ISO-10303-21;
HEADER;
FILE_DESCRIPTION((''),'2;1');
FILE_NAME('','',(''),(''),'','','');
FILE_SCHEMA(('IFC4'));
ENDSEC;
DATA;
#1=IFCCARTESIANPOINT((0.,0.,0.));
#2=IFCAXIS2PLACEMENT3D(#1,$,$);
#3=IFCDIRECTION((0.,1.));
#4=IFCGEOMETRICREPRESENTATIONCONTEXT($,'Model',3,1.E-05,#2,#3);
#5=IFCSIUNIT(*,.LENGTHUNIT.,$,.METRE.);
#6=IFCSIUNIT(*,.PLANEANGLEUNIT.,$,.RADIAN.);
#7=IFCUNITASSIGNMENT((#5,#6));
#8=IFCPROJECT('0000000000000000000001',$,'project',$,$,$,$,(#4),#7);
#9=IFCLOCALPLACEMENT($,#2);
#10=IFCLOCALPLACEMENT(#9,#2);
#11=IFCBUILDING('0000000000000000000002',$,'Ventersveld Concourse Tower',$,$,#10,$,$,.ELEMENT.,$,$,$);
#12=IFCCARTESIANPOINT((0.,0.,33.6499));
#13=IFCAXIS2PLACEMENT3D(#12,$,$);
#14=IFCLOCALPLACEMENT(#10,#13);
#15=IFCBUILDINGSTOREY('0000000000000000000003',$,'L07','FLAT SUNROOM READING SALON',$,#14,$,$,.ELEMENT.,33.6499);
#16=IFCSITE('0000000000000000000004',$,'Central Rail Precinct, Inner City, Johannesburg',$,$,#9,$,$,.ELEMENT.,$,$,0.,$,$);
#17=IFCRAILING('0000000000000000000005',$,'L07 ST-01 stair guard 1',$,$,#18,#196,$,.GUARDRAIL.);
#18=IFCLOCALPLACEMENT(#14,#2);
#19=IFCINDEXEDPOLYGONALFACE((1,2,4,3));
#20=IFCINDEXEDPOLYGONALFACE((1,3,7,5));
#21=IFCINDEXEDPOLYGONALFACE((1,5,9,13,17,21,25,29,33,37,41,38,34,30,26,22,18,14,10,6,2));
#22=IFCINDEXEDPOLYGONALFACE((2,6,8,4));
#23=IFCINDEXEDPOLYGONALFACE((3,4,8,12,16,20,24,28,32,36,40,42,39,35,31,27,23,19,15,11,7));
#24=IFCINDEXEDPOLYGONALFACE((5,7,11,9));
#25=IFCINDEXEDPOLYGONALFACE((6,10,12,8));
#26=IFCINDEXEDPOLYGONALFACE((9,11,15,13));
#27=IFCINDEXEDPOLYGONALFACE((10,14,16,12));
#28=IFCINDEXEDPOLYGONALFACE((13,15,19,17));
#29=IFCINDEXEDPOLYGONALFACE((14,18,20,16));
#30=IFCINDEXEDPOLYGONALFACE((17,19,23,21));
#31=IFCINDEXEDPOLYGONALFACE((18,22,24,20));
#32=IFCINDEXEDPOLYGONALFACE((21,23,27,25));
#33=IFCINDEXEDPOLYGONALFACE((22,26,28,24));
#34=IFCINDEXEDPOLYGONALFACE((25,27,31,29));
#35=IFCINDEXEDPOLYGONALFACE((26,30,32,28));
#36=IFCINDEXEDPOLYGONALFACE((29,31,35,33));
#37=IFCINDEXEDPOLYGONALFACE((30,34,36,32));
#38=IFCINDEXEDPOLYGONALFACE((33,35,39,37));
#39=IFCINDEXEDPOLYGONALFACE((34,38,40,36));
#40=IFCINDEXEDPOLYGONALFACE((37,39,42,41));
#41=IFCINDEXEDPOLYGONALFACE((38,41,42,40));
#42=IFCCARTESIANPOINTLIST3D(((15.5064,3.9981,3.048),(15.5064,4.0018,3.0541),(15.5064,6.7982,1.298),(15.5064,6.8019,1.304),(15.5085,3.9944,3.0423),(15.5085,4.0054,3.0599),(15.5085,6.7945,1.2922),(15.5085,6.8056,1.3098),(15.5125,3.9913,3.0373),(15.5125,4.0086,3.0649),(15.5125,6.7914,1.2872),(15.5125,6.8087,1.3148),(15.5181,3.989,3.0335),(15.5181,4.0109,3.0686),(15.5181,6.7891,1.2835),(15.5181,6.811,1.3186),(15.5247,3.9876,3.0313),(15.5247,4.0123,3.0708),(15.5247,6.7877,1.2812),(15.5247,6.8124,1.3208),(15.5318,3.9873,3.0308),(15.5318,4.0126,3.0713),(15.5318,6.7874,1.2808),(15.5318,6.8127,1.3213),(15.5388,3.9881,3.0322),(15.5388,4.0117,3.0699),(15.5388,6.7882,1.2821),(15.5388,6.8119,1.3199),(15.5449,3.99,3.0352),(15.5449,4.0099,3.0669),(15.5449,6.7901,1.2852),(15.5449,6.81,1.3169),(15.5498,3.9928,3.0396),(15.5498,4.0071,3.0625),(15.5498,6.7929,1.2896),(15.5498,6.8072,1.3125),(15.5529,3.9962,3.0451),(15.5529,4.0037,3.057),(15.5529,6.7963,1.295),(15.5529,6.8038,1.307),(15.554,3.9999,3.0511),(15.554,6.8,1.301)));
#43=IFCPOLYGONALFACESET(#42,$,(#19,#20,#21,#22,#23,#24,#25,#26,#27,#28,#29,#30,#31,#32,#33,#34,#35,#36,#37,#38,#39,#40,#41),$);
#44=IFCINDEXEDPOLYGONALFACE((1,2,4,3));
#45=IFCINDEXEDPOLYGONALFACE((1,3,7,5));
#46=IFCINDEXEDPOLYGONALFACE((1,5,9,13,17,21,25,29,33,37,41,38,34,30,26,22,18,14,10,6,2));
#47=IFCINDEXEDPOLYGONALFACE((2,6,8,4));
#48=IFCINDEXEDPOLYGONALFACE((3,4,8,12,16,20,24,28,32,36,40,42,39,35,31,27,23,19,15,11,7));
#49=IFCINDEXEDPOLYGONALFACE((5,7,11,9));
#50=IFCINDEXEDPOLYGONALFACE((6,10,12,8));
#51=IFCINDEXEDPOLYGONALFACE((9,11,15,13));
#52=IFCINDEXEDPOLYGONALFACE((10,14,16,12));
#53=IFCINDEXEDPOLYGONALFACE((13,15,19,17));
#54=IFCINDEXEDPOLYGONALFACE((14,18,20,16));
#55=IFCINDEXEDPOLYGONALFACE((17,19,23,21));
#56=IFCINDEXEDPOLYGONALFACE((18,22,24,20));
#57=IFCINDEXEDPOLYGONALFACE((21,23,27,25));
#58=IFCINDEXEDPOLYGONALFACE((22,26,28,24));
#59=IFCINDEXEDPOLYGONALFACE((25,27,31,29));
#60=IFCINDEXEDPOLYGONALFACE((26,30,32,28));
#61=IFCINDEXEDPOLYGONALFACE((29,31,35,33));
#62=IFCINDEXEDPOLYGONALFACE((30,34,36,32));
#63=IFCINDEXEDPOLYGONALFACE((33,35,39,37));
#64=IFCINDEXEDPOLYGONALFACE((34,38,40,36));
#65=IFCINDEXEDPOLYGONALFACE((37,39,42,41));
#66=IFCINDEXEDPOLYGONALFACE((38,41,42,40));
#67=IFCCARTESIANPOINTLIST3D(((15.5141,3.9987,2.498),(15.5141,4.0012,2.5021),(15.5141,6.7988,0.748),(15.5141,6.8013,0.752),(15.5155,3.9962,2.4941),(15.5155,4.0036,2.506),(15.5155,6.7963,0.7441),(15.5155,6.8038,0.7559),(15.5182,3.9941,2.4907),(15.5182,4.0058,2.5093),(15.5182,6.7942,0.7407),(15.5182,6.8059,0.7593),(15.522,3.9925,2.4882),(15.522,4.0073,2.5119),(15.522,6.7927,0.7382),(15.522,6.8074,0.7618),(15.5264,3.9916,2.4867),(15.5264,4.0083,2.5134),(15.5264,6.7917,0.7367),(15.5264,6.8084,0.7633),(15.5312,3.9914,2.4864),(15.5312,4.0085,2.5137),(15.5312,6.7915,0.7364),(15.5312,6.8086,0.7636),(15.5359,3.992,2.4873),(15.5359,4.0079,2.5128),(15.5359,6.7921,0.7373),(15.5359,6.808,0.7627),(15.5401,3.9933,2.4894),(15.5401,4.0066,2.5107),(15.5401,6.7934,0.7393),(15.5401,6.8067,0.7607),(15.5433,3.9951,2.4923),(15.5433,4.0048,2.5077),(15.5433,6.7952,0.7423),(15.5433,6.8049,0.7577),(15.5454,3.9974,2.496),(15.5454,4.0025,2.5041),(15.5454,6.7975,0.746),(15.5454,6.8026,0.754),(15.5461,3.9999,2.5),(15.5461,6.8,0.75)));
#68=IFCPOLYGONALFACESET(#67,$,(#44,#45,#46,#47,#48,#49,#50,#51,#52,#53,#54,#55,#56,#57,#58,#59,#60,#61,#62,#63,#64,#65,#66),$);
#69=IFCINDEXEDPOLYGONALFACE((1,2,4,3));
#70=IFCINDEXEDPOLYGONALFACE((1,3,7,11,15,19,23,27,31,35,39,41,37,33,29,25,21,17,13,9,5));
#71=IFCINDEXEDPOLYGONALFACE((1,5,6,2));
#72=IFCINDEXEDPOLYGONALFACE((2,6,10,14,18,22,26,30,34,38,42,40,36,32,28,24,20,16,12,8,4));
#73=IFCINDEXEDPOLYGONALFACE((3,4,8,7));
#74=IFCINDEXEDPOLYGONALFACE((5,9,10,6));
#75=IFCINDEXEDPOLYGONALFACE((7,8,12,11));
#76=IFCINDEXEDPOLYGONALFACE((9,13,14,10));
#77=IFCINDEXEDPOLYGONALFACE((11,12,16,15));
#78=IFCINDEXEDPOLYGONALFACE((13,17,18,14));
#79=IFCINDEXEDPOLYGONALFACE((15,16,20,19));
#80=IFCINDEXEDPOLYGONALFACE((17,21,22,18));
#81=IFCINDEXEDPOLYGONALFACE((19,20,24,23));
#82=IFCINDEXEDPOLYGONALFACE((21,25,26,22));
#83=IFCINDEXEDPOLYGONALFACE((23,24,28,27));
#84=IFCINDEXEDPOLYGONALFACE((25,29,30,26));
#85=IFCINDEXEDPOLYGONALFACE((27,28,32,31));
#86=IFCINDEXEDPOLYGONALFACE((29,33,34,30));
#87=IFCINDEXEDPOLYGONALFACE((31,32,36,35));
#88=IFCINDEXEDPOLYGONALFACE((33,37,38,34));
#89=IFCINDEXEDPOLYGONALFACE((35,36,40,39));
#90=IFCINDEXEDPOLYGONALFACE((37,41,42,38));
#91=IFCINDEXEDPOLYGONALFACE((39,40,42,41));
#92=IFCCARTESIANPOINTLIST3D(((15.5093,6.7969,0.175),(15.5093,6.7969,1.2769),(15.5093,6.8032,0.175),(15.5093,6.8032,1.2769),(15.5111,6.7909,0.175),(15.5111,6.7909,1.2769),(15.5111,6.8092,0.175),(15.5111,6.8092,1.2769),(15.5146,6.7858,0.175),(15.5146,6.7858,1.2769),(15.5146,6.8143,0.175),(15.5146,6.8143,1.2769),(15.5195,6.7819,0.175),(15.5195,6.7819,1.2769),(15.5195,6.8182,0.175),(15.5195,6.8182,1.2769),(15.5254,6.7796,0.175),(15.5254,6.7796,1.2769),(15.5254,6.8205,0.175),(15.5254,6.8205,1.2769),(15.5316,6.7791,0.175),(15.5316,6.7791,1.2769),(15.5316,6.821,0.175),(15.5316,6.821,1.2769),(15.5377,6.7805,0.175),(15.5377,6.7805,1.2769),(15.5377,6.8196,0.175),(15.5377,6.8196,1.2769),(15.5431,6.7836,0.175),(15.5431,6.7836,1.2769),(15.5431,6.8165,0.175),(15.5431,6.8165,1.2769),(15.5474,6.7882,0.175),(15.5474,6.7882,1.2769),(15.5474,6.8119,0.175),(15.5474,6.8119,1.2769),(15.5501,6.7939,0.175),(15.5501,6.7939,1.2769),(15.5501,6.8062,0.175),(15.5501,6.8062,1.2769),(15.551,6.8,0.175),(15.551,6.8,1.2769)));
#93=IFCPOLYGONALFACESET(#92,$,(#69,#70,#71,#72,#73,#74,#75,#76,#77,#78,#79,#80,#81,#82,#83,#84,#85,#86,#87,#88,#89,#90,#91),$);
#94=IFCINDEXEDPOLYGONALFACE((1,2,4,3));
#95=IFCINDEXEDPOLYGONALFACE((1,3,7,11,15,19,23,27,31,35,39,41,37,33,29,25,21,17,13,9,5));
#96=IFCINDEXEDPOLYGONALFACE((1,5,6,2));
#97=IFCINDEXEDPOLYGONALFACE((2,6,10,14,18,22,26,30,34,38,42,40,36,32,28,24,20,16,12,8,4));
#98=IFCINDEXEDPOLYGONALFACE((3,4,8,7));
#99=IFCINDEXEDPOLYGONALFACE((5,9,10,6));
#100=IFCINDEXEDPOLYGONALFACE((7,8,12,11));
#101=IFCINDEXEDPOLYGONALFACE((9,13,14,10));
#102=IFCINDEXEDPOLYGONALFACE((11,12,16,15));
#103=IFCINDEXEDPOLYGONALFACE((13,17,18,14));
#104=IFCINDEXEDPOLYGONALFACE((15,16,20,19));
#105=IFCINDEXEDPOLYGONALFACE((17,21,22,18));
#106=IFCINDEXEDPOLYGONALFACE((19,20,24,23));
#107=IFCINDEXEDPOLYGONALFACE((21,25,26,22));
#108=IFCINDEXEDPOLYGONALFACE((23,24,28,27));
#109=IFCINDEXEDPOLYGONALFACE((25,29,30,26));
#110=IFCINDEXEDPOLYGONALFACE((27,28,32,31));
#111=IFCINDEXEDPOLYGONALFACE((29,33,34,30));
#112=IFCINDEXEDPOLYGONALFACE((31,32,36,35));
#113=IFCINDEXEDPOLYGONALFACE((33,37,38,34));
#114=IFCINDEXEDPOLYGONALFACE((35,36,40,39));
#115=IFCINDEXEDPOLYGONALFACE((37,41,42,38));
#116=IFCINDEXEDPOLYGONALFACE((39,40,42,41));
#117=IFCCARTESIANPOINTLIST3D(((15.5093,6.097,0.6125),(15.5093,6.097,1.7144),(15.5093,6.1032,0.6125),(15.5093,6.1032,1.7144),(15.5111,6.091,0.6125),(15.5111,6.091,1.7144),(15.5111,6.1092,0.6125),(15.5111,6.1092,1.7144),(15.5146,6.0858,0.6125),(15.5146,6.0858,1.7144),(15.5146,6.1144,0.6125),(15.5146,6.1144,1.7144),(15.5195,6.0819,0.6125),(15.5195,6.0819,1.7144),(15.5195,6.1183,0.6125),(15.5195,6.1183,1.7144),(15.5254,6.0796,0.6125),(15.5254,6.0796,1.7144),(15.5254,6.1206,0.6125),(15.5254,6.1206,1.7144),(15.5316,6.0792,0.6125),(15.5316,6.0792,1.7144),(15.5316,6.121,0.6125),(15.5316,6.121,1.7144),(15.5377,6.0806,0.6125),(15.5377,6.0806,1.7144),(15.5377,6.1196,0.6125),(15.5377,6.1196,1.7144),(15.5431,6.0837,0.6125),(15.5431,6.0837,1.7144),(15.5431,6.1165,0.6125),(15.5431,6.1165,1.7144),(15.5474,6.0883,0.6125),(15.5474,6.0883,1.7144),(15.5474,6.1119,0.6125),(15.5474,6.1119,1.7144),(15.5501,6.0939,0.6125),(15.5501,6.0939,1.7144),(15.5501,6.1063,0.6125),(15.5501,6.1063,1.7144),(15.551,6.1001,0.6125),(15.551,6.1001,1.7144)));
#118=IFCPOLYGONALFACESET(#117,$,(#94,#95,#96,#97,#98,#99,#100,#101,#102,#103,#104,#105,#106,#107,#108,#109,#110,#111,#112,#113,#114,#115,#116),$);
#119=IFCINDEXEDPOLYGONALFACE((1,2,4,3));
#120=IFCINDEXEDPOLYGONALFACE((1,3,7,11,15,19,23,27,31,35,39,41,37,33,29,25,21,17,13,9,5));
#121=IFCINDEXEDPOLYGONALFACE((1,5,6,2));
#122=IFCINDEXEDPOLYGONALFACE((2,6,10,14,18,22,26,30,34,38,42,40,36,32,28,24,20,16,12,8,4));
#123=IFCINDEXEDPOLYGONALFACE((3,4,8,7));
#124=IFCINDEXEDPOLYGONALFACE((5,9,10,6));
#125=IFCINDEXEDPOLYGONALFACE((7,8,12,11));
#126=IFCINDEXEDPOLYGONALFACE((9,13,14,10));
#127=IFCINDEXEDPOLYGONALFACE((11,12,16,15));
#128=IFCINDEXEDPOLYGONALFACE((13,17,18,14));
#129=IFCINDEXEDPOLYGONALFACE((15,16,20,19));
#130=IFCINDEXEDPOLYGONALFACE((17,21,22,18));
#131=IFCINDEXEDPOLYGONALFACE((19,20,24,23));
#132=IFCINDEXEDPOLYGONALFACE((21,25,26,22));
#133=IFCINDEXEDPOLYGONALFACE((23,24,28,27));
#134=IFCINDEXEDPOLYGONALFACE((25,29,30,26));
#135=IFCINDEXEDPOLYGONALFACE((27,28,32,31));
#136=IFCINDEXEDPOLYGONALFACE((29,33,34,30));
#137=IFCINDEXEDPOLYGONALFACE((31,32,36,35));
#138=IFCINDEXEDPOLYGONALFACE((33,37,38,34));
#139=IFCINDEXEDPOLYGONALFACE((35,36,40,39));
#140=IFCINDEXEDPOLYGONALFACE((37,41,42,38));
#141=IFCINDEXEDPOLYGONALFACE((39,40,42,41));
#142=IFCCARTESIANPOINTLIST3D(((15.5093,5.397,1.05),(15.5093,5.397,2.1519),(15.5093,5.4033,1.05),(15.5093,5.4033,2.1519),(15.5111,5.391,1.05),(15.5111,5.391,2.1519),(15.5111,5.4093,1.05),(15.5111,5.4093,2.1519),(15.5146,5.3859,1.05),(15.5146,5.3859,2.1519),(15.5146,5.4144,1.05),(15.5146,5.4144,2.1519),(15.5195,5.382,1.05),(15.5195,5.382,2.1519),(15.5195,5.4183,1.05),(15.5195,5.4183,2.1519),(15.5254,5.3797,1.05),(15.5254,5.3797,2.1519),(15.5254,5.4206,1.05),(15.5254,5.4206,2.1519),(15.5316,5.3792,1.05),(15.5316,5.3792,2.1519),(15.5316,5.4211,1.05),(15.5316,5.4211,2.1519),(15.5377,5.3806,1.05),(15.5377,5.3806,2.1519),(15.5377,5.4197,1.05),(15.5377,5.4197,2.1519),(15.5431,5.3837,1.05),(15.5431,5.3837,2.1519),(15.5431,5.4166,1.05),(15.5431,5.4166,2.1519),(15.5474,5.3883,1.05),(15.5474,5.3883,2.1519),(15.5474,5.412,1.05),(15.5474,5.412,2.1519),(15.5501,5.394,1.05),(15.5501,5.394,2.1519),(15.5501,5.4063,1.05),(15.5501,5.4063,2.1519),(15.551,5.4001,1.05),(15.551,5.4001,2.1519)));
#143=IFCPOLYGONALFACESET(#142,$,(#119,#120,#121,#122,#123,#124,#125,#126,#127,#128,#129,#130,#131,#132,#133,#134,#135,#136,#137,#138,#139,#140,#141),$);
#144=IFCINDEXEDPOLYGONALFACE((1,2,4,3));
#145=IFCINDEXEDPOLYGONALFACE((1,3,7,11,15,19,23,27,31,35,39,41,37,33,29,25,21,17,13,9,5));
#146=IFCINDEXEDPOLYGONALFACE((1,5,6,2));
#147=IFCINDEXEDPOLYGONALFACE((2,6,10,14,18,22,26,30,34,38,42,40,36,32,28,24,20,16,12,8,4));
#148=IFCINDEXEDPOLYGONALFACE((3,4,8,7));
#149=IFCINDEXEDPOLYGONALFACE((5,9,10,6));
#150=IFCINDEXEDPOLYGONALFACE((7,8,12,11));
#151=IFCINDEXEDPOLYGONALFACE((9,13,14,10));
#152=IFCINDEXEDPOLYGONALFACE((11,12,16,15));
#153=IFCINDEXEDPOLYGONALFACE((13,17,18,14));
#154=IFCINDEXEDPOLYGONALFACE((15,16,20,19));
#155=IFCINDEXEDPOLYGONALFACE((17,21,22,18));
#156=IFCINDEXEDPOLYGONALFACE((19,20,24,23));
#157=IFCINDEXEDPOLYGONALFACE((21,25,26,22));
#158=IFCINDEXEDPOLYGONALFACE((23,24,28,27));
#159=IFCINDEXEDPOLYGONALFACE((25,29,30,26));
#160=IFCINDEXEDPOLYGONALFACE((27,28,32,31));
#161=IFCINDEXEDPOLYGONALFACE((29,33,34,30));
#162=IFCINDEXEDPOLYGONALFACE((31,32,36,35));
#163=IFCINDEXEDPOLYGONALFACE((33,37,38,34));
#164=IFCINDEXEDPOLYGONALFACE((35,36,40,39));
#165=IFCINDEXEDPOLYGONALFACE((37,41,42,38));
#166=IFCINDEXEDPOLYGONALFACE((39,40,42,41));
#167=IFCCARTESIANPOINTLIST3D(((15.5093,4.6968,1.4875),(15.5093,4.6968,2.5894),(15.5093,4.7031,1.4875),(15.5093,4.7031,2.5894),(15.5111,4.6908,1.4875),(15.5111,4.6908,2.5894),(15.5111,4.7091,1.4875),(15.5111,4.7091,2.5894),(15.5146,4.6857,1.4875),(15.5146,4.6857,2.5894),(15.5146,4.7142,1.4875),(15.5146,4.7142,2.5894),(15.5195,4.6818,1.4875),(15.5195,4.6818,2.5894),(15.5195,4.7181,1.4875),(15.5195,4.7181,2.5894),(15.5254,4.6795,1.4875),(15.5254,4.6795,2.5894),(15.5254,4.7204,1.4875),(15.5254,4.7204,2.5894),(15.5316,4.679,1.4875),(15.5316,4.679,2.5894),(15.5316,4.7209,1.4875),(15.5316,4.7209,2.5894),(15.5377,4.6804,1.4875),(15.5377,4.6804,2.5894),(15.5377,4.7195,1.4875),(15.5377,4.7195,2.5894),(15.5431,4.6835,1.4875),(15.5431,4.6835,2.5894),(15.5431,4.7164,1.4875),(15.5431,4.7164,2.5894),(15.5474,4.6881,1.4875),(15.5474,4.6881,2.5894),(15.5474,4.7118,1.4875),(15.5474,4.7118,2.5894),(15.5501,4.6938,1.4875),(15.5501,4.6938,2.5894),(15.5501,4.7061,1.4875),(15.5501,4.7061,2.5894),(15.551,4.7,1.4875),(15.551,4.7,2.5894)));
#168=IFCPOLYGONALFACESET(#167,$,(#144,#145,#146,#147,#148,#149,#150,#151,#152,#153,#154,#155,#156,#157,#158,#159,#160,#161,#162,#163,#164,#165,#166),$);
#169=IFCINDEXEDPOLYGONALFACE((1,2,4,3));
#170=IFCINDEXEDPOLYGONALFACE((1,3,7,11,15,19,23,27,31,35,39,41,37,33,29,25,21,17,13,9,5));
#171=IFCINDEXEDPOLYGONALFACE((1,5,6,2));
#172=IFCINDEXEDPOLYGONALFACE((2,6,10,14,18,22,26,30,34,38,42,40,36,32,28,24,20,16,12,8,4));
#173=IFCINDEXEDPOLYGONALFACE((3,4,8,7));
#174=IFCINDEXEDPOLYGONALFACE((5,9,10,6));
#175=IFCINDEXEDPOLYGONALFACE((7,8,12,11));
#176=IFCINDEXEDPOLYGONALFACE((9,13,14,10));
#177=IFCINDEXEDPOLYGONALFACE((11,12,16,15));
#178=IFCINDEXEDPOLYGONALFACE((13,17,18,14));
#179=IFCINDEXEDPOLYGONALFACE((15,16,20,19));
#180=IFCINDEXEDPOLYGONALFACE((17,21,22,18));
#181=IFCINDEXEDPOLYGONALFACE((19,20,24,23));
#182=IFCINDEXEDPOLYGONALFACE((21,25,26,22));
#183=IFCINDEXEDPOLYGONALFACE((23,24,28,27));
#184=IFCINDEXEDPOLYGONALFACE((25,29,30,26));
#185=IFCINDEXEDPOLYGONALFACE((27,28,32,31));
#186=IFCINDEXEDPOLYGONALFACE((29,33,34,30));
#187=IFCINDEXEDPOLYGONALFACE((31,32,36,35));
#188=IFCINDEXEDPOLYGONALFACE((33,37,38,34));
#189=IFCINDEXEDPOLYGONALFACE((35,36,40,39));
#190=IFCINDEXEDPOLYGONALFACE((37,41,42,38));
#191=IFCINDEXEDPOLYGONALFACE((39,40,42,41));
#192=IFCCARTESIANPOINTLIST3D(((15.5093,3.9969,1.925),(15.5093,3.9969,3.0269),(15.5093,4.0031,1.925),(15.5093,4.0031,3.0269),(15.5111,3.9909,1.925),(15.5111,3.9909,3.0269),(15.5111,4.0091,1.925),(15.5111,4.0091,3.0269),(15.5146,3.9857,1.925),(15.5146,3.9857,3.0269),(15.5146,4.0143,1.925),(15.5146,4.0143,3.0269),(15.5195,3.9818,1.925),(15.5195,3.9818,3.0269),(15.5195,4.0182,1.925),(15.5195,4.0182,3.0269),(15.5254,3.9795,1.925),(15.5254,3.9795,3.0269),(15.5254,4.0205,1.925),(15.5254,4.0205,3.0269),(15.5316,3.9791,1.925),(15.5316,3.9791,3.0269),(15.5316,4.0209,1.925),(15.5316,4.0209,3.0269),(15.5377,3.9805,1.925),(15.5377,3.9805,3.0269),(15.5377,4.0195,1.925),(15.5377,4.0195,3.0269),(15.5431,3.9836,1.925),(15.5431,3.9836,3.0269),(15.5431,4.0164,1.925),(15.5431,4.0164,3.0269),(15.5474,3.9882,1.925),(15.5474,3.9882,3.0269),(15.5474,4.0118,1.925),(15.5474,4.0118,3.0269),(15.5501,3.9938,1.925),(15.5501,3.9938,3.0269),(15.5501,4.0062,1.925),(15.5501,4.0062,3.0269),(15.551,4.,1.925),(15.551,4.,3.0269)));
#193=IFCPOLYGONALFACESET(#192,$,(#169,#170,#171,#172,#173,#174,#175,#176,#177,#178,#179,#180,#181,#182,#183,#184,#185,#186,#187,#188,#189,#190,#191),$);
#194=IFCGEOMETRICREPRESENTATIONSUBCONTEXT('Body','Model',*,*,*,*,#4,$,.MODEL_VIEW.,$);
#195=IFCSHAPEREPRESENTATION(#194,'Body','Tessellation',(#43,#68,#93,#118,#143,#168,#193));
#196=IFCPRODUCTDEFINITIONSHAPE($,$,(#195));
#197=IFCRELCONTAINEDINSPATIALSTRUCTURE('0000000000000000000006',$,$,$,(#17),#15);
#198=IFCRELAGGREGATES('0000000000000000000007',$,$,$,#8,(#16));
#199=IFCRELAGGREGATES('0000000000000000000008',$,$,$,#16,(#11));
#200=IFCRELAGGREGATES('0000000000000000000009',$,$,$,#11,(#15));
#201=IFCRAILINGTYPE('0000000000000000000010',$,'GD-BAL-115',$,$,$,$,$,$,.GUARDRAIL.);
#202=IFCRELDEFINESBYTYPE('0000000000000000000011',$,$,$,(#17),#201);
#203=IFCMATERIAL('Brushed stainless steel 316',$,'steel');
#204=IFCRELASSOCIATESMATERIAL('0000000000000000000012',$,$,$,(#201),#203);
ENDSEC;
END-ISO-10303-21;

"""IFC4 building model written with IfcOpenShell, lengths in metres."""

from ifc_helpers import new_model, si_unit, direction, frame, origin, origin_2d, place, context, subcontext, project, spatial, circle, extrude, material, type_object, element, save


model = new_model("IFC4")

# Units and contexts
model_context = context("Model", 3, precision=1e-05, world=origin(), true_north=direction((0.0, 1.0)))
body_context = subcontext(model_context, "Body", "Model", "MODEL_VIEW")
ifc_project = project(units=[si_unit("LENGTHUNIT", "METRE"), si_unit("PLANEANGLEUNIT", "RADIAN")], contexts=[model_context])

# Site, building, storey
site_placement = place(None, origin())
site = spatial("IfcSite", under=ifc_project, at=site_placement, Name="Central Rail Precinct, Inner City, Johannesburg", CompositionType="ELEMENT", RefElevation=0.0)
building_placement = place(site_placement, origin())
building = spatial("IfcBuilding", under=site, at=building_placement, Name="Ventersveld Concourse Tower", CompositionType="ELEMENT")
storey_placement = place(building_placement, frame((0.0, 0.0, 33.6499)))
storey = spatial("IfcBuildingStorey", under=building, at=storey_placement, Name="L07", Description="FLAT SUNROOM READING SALON", CompositionType="ELEMENT", Elevation=33.6499)

# Railing
ifc_material_1 = material(Name="Brushed stainless steel 316", Category="steel")
railing_type_1 = type_object("IfcRailingType", Name="GD-BAL-115", PredefinedType="GUARDRAIL", material=ifc_material_1)
railing_1_placement = place(storey_placement, frame((15.53, 6.8, 0.175)))
element("IfcRailing", 1, at=railing_1_placement, inside=storey, type_object=railing_type_1, Name="L07 ST-01 stair guard 1", PredefinedType="GUARDRAIL", context=body_context, shape_type="SweptSolid", body=[
    extrude(circle(Radius=0.0239, at=origin_2d()), frame((0.0, 0.0, 1.126), z_axis=(0.0, -0.848002, 0.529992), x_axis=(1.0, 0.0, 0.0)), (0.0, 0.0, 1.0), 3.302),
    extrude(circle(Radius=0.0161, at=origin_2d()), frame((0.0, 0.0, 0.575), z_axis=(0.0, -0.848002, 0.529992), x_axis=(1.0, 0.0, 0.0)), (0.0, 0.0, 1.0), 3.302),
    extrude(circle(Radius=0.021, at=origin_2d()), origin(), (0.0, 0.0, 1.0), 1.1018),
    extrude(circle(Radius=0.021, at=origin_2d()), frame((0.0, -0.7, 0.4375)), (0.0, 0.0, 1.0), 1.1018),
    extrude(circle(Radius=0.021, at=origin_2d()), frame((0.0, -1.3999, 0.875)), (0.0, 0.0, 1.0), 1.1018),
    extrude(circle(Radius=0.021, at=origin_2d()), frame((0.0, -2.1001, 1.3125)), (0.0, 0.0, 1.0), 1.1018),
    extrude(circle(Radius=0.021, at=origin_2d()), frame((0.0, -2.8, 1.75)), (0.0, 0.0, 1.0), 1.1018),
])

save(model, "model.ifc")
